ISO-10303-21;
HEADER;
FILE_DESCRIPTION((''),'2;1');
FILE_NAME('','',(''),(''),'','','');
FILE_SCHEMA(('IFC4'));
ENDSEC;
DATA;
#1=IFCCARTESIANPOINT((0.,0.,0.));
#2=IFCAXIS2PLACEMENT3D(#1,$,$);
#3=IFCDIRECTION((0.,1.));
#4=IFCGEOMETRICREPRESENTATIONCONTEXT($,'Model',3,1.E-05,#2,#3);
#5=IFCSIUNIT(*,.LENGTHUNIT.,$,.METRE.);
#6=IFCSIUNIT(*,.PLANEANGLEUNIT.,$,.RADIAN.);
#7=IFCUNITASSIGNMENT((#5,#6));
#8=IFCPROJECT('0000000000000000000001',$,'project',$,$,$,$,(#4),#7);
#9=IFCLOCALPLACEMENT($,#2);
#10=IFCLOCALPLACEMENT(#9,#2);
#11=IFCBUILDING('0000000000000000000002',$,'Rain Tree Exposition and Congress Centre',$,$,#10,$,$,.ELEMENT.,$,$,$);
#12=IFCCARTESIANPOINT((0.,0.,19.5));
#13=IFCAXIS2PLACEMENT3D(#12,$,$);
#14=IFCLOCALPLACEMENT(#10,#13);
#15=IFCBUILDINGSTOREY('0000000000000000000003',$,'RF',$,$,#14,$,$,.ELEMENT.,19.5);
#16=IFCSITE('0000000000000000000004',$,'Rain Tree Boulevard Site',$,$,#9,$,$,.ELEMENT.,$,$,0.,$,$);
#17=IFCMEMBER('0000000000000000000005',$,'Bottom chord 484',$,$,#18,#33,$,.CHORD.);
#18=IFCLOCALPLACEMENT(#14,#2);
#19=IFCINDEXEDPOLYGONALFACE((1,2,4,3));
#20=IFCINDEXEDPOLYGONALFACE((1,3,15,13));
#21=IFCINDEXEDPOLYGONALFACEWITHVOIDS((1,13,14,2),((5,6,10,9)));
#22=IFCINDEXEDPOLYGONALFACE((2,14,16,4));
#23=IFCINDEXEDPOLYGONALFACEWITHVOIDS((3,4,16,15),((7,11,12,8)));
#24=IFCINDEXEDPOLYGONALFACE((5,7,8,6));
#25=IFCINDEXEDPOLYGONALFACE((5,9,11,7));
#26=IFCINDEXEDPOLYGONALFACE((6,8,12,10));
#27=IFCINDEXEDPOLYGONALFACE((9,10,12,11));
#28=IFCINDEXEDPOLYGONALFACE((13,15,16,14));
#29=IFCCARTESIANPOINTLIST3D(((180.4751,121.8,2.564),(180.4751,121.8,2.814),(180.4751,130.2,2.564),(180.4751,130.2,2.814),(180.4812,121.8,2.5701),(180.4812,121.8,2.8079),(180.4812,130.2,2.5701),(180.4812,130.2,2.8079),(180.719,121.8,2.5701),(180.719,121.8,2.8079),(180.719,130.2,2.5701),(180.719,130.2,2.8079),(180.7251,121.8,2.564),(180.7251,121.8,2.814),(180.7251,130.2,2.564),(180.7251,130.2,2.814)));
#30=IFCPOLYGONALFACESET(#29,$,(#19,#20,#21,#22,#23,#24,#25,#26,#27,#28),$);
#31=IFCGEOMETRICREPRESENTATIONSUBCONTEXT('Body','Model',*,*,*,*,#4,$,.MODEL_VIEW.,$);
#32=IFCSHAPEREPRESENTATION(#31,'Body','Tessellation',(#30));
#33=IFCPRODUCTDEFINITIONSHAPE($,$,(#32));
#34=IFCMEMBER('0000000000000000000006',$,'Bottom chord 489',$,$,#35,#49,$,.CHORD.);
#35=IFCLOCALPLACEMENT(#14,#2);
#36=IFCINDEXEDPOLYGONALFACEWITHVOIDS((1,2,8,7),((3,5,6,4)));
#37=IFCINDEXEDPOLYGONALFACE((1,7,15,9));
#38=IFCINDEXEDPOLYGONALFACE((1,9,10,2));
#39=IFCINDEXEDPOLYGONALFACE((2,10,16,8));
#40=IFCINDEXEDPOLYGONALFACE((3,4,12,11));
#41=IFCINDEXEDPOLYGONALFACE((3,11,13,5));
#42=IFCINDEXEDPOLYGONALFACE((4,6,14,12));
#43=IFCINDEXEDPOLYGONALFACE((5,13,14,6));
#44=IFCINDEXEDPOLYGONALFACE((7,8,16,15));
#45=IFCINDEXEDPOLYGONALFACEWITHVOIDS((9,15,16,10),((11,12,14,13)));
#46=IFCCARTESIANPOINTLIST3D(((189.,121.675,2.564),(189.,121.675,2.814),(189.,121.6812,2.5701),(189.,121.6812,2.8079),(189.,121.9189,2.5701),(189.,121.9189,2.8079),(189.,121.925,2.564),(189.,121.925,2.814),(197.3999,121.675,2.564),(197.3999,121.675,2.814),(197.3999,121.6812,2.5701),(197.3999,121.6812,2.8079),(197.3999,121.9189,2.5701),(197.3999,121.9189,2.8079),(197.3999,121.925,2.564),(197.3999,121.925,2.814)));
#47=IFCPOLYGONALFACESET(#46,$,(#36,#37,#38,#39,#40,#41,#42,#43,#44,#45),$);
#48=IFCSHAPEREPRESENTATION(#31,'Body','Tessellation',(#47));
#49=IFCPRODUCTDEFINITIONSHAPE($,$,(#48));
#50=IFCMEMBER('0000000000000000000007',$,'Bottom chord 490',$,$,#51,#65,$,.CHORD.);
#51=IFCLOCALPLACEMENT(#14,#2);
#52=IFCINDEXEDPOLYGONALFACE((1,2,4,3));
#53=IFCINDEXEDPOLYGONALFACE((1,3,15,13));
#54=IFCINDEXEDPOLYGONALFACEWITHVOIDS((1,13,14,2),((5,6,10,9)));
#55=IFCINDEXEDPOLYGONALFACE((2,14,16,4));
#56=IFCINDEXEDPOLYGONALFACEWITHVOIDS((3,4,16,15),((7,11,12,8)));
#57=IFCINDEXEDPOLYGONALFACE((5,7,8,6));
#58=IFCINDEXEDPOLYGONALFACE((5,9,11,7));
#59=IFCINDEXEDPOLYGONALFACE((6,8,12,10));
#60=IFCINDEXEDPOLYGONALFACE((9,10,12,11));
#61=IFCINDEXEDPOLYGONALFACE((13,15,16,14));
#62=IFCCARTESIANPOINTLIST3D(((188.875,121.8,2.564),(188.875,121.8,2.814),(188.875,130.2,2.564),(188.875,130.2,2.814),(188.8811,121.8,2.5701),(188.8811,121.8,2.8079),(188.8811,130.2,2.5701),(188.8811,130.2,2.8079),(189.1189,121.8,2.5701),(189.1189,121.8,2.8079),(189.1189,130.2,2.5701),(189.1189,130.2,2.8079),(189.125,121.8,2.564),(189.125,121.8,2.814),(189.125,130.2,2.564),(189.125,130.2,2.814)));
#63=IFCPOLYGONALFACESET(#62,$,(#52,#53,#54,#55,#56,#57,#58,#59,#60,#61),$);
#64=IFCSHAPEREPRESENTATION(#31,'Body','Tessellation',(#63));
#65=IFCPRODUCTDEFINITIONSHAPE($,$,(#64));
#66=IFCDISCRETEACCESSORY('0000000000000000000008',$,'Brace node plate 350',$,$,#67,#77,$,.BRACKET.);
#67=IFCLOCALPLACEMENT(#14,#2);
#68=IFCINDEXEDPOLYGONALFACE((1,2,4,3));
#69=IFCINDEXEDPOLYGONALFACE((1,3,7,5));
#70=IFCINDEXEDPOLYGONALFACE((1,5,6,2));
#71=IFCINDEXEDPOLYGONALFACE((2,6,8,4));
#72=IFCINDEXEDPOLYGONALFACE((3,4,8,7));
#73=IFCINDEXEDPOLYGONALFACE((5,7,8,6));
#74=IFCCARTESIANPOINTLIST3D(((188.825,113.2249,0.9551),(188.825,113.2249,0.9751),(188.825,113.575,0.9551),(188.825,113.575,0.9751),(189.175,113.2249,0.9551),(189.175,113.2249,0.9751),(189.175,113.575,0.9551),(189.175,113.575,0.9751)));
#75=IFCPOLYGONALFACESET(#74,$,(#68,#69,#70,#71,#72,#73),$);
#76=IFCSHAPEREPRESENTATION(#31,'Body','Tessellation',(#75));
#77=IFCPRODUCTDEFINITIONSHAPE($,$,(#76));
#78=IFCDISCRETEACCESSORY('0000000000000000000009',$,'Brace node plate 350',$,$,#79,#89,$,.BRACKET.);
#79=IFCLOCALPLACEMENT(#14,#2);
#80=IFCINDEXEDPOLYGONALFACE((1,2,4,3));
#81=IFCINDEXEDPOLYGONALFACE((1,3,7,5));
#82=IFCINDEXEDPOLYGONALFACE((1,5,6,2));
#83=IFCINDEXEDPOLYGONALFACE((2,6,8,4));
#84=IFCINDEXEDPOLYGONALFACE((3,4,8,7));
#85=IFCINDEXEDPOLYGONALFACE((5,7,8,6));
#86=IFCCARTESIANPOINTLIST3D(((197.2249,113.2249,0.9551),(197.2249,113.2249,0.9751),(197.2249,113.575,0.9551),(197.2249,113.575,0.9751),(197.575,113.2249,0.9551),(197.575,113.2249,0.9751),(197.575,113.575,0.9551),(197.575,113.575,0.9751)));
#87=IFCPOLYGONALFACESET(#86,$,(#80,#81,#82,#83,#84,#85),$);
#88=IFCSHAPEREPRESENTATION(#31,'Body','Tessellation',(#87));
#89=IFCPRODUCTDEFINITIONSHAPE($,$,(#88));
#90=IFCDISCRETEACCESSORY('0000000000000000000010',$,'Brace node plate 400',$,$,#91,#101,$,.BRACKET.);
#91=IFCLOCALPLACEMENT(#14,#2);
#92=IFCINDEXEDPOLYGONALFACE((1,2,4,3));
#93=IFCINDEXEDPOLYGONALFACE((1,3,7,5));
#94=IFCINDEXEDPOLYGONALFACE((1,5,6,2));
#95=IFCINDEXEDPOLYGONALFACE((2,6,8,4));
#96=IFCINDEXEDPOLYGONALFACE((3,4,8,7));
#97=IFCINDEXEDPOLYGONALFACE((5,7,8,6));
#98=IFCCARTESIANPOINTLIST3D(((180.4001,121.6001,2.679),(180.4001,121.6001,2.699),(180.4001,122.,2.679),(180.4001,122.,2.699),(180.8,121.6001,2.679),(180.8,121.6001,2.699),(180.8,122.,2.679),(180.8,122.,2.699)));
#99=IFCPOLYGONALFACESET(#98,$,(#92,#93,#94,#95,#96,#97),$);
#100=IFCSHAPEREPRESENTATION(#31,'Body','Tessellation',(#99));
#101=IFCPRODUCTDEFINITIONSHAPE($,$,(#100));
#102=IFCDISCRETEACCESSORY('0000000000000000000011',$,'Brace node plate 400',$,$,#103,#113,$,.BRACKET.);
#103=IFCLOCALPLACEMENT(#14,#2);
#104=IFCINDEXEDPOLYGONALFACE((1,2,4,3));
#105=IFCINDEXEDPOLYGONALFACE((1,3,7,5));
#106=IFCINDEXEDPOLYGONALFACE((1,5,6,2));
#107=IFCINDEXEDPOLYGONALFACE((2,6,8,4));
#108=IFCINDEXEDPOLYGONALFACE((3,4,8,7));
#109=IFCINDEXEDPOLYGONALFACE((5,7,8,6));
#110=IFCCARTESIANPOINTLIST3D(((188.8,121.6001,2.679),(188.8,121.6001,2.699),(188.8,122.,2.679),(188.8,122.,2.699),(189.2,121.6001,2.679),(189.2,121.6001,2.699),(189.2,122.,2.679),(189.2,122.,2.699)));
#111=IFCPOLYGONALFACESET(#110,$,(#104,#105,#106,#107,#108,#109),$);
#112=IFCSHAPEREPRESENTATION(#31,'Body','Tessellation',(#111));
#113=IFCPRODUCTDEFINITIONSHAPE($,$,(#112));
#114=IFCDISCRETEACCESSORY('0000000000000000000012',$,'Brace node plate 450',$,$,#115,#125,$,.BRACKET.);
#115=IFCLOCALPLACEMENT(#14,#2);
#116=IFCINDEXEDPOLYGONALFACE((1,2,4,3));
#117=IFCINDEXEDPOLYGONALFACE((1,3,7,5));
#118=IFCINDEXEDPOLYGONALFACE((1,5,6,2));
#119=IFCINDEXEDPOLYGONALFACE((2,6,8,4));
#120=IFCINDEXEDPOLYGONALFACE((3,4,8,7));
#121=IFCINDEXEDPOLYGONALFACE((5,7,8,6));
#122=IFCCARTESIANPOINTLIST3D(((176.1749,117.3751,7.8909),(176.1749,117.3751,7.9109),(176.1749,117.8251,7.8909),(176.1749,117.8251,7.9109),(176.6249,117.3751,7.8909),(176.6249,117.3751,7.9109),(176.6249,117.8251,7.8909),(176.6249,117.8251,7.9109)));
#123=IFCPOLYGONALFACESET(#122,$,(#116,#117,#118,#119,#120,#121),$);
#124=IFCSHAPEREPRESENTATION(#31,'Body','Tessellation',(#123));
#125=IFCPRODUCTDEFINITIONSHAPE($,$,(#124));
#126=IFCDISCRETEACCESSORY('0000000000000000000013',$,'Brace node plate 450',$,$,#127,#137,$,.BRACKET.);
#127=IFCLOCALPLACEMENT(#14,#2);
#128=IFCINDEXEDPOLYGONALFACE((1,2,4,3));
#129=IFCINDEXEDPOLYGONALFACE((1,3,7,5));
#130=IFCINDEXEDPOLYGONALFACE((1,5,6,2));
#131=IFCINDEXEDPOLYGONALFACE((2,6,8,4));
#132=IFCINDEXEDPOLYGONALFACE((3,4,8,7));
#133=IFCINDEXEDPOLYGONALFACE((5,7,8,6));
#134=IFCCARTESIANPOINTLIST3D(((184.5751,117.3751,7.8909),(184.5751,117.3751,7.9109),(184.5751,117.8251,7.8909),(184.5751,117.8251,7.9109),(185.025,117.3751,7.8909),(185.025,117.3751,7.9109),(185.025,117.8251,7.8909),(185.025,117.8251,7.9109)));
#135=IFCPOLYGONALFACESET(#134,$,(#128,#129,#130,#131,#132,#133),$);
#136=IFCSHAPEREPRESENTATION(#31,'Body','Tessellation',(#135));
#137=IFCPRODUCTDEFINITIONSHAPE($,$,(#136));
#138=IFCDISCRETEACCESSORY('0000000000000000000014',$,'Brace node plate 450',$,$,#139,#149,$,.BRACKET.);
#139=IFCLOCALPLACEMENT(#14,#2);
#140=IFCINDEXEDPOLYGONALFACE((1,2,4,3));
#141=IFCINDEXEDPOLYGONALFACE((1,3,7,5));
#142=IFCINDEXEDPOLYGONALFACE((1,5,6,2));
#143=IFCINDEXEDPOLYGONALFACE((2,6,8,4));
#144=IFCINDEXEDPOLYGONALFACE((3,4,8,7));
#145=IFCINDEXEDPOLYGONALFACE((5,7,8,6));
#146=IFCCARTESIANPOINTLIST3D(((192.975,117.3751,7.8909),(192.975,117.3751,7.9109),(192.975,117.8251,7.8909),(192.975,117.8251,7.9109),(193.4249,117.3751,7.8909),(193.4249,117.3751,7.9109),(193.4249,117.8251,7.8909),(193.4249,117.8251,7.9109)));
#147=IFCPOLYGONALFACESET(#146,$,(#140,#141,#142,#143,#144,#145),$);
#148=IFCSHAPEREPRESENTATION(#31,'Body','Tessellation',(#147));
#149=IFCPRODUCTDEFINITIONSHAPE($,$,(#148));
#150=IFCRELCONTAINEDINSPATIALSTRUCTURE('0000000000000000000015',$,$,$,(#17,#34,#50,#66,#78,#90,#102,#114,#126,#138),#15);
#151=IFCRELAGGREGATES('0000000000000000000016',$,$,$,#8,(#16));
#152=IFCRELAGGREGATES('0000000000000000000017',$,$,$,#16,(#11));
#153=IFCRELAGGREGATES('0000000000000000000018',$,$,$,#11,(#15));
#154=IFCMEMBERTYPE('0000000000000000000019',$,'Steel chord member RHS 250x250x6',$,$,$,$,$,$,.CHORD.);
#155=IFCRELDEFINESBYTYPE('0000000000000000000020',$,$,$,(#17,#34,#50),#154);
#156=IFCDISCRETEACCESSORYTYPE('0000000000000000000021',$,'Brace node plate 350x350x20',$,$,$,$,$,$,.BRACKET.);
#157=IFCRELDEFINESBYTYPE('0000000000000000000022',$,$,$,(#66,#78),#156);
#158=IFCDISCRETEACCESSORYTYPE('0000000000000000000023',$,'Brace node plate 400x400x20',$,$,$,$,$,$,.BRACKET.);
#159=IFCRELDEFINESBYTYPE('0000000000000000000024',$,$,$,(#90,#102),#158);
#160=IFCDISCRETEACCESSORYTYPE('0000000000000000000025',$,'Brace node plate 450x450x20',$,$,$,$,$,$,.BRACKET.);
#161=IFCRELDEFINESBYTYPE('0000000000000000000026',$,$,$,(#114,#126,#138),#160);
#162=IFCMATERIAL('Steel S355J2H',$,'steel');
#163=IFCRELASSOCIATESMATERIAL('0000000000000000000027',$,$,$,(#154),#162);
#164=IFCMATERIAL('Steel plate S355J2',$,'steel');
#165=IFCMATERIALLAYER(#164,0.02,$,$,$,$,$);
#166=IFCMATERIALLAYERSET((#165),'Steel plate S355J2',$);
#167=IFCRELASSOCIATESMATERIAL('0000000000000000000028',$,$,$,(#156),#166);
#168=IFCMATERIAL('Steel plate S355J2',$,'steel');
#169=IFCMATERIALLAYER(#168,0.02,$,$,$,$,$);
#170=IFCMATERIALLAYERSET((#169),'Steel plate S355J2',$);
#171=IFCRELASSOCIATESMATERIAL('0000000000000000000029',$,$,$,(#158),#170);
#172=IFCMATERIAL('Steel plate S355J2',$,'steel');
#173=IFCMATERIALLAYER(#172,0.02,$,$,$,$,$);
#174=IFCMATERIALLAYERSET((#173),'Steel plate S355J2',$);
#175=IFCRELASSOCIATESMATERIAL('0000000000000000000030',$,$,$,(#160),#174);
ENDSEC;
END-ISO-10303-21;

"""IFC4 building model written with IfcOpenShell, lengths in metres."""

from ifc_helpers import new_model, si_unit, direction, frame, origin, origin_2d, place, context, subcontext, project, spatial, rectangle, hollow_rectangle, extrude, material, layer, layer_set, material_profile, profile_set, type_object, element, save


model = new_model("IFC4")

# Units and contexts
model_context = context("Model", 3, precision=1e-05, world=origin(), true_north=direction((0.0, 1.0)))
body_context = subcontext(model_context, "Body", "Model", "MODEL_VIEW")
ifc_project = project(units=[si_unit("LENGTHUNIT", "METRE"), si_unit("PLANEANGLEUNIT", "RADIAN")], contexts=[model_context])

# Site, building, storey
site_placement = place(None, origin())
site = spatial("IfcSite", under=ifc_project, at=site_placement, Name="Rain Tree Boulevard Site", CompositionType="ELEMENT", RefElevation=0.0)
building_placement = place(site_placement, origin())
building = spatial("IfcBuilding", under=site, at=building_placement, Name="Rain Tree Exposition and Congress Centre", CompositionType="ELEMENT")
storey_placement = place(building_placement, frame((0.0, 0.0, 19.5)))
storey = spatial("IfcBuildingStorey", under=building, at=storey_placement, Name="RF", CompositionType="ELEMENT", Elevation=19.5)

# Members
ifc_material_1 = material(Name="Steel S355J2H", Category="steel")
ifc_material_profile_1 = material_profile(ifc_material_1, hollow_rectangle(XDim=0.25, YDim=0.25, WallThickness=0.0061, at=origin_2d()), Name="RHS 250x250x6")
ifc_profile_set_1 = profile_set([ifc_material_profile_1], Name="Steel S355J2H")
member_type_1 = type_object("IfcMemberType", Name="Steel chord member RHS 250x250x6", PredefinedType="CHORD", material=ifc_profile_set_1)
for number, where, z_axis, x_axis, name in (
    (1, (180.6001, 121.8, 2.689), (0.0, 1.0, 0.0), (-1.0, 0.0, 0.0), "Bottom chord 484"),
    (2, (189.0, 121.8, 2.689), (1.0, 0.0, 0.0), (0.0, 1.0, 0.0), "Bottom chord 489"),
    (3, (189.0, 121.8, 2.689), (0.0, 1.0, 0.0), (-1.0, 0.0, 0.0), "Bottom chord 490"),
):
    element("IfcMember", number, at=place(storey_placement, frame(where, z_axis=z_axis, x_axis=x_axis)), inside=storey, type_object=member_type_1, Name=name, PredefinedType="CHORD", context=body_context, shape_type="SweptSolid", body=[
        extrude(hollow_rectangle(XDim=0.25, YDim=0.25, WallThickness=0.0061, at=origin_2d()), origin(), (0.0, 0.0, 1.0), 8.3999),
    ])

# Discrete accessories
ifc_material_2 = material(Name="Steel plate S355J2", Category="steel")
ifc_layer_1 = layer(ifc_material_2, 0.02)
ifc_layer_set_1 = layer_set([ifc_layer_1], Name="Steel plate S355J2")
discrete_accessory_type_1 = type_object("IfcDiscreteAccessoryType", Name="Brace node plate 350x350x20", PredefinedType="BRACKET", material=ifc_layer_set_1)
for number, where, z_axis, x_axis, name in (
    (4, (189.0, 113.3999, 0.9551), (0.0, 0.0, 1.0), (1.0, 0.0, 0.0), "Brace node plate 350"),
    (5, (197.3999, 113.3999, 0.9551), (0.0, 0.0, 1.0), (1.0, 0.0, 0.0), "Brace node plate 350"),
):
    element("IfcDiscreteAccessory", number, at=place(storey_placement, frame(where, z_axis=z_axis, x_axis=x_axis)), inside=storey, type_object=discrete_accessory_type_1, Name=name, PredefinedType="BRACKET", context=body_context, shape_type="SweptSolid", body=[
        extrude(rectangle(XDim=0.3501, YDim=0.3501, at=origin_2d()), origin(), (0.0, 0.0, 1.0), 0.02),
    ])
ifc_material_3 = material(Name="Steel plate S355J2", Category="steel")
ifc_layer_2 = layer(ifc_material_3, 0.02)
ifc_layer_set_2 = layer_set([ifc_layer_2], Name="Steel plate S355J2")
discrete_accessory_type_2 = type_object("IfcDiscreteAccessoryType", Name="Brace node plate 400x400x20", PredefinedType="BRACKET", material=ifc_layer_set_2)
for number, where, z_axis, x_axis, name in (
    (6, (180.6001, 121.8, 2.679), (0.0, 0.0, 1.0), (1.0, 0.0, 0.0), "Brace node plate 400"),
    (7, (189.0, 121.8, 2.679), (0.0, 0.0, 1.0), (1.0, 0.0, 0.0), "Brace node plate 400"),
):
    element("IfcDiscreteAccessory", number, at=place(storey_placement, frame(where, z_axis=z_axis, x_axis=x_axis)), inside=storey, type_object=discrete_accessory_type_2, Name=name, PredefinedType="BRACKET", context=body_context, shape_type="SweptSolid", body=[
        extrude(rectangle(XDim=0.3999, YDim=0.3999, at=origin_2d()), origin(), (0.0, 0.0, 1.0), 0.02),
    ])
ifc_material_4 = material(Name="Steel plate S355J2", Category="steel")
ifc_layer_3 = layer(ifc_material_4, 0.02)
ifc_layer_set_3 = layer_set([ifc_layer_3], Name="Steel plate S355J2")
discrete_accessory_type_3 = type_object("IfcDiscreteAccessoryType", Name="Brace node plate 450x450x20", PredefinedType="BRACKET", material=ifc_layer_set_3)
for number, where, z_axis, x_axis, name in (
    (8, (176.3999, 117.6001, 7.8909), (0.0, 0.0, 1.0), (1.0, 0.0, 0.0), "Brace node plate 450"),
    (9, (184.8, 117.6001, 7.8909), (0.0, 0.0, 1.0), (1.0, 0.0, 0.0), "Brace node plate 450"),
    (10, (193.2, 117.6001, 7.8909), (0.0, 0.0, 1.0), (1.0, 0.0, 0.0), "Brace node plate 450"),
):
    element("IfcDiscreteAccessory", number, at=place(storey_placement, frame(where, z_axis=z_axis, x_axis=x_axis)), inside=storey, type_object=discrete_accessory_type_3, Name=name, PredefinedType="BRACKET", context=body_context, shape_type="SweptSolid", body=[
        extrude(rectangle(XDim=0.45, YDim=0.45, at=origin_2d()), origin(), (0.0, 0.0, 1.0), 0.02),
    ])

save(model, "model.ifc")
